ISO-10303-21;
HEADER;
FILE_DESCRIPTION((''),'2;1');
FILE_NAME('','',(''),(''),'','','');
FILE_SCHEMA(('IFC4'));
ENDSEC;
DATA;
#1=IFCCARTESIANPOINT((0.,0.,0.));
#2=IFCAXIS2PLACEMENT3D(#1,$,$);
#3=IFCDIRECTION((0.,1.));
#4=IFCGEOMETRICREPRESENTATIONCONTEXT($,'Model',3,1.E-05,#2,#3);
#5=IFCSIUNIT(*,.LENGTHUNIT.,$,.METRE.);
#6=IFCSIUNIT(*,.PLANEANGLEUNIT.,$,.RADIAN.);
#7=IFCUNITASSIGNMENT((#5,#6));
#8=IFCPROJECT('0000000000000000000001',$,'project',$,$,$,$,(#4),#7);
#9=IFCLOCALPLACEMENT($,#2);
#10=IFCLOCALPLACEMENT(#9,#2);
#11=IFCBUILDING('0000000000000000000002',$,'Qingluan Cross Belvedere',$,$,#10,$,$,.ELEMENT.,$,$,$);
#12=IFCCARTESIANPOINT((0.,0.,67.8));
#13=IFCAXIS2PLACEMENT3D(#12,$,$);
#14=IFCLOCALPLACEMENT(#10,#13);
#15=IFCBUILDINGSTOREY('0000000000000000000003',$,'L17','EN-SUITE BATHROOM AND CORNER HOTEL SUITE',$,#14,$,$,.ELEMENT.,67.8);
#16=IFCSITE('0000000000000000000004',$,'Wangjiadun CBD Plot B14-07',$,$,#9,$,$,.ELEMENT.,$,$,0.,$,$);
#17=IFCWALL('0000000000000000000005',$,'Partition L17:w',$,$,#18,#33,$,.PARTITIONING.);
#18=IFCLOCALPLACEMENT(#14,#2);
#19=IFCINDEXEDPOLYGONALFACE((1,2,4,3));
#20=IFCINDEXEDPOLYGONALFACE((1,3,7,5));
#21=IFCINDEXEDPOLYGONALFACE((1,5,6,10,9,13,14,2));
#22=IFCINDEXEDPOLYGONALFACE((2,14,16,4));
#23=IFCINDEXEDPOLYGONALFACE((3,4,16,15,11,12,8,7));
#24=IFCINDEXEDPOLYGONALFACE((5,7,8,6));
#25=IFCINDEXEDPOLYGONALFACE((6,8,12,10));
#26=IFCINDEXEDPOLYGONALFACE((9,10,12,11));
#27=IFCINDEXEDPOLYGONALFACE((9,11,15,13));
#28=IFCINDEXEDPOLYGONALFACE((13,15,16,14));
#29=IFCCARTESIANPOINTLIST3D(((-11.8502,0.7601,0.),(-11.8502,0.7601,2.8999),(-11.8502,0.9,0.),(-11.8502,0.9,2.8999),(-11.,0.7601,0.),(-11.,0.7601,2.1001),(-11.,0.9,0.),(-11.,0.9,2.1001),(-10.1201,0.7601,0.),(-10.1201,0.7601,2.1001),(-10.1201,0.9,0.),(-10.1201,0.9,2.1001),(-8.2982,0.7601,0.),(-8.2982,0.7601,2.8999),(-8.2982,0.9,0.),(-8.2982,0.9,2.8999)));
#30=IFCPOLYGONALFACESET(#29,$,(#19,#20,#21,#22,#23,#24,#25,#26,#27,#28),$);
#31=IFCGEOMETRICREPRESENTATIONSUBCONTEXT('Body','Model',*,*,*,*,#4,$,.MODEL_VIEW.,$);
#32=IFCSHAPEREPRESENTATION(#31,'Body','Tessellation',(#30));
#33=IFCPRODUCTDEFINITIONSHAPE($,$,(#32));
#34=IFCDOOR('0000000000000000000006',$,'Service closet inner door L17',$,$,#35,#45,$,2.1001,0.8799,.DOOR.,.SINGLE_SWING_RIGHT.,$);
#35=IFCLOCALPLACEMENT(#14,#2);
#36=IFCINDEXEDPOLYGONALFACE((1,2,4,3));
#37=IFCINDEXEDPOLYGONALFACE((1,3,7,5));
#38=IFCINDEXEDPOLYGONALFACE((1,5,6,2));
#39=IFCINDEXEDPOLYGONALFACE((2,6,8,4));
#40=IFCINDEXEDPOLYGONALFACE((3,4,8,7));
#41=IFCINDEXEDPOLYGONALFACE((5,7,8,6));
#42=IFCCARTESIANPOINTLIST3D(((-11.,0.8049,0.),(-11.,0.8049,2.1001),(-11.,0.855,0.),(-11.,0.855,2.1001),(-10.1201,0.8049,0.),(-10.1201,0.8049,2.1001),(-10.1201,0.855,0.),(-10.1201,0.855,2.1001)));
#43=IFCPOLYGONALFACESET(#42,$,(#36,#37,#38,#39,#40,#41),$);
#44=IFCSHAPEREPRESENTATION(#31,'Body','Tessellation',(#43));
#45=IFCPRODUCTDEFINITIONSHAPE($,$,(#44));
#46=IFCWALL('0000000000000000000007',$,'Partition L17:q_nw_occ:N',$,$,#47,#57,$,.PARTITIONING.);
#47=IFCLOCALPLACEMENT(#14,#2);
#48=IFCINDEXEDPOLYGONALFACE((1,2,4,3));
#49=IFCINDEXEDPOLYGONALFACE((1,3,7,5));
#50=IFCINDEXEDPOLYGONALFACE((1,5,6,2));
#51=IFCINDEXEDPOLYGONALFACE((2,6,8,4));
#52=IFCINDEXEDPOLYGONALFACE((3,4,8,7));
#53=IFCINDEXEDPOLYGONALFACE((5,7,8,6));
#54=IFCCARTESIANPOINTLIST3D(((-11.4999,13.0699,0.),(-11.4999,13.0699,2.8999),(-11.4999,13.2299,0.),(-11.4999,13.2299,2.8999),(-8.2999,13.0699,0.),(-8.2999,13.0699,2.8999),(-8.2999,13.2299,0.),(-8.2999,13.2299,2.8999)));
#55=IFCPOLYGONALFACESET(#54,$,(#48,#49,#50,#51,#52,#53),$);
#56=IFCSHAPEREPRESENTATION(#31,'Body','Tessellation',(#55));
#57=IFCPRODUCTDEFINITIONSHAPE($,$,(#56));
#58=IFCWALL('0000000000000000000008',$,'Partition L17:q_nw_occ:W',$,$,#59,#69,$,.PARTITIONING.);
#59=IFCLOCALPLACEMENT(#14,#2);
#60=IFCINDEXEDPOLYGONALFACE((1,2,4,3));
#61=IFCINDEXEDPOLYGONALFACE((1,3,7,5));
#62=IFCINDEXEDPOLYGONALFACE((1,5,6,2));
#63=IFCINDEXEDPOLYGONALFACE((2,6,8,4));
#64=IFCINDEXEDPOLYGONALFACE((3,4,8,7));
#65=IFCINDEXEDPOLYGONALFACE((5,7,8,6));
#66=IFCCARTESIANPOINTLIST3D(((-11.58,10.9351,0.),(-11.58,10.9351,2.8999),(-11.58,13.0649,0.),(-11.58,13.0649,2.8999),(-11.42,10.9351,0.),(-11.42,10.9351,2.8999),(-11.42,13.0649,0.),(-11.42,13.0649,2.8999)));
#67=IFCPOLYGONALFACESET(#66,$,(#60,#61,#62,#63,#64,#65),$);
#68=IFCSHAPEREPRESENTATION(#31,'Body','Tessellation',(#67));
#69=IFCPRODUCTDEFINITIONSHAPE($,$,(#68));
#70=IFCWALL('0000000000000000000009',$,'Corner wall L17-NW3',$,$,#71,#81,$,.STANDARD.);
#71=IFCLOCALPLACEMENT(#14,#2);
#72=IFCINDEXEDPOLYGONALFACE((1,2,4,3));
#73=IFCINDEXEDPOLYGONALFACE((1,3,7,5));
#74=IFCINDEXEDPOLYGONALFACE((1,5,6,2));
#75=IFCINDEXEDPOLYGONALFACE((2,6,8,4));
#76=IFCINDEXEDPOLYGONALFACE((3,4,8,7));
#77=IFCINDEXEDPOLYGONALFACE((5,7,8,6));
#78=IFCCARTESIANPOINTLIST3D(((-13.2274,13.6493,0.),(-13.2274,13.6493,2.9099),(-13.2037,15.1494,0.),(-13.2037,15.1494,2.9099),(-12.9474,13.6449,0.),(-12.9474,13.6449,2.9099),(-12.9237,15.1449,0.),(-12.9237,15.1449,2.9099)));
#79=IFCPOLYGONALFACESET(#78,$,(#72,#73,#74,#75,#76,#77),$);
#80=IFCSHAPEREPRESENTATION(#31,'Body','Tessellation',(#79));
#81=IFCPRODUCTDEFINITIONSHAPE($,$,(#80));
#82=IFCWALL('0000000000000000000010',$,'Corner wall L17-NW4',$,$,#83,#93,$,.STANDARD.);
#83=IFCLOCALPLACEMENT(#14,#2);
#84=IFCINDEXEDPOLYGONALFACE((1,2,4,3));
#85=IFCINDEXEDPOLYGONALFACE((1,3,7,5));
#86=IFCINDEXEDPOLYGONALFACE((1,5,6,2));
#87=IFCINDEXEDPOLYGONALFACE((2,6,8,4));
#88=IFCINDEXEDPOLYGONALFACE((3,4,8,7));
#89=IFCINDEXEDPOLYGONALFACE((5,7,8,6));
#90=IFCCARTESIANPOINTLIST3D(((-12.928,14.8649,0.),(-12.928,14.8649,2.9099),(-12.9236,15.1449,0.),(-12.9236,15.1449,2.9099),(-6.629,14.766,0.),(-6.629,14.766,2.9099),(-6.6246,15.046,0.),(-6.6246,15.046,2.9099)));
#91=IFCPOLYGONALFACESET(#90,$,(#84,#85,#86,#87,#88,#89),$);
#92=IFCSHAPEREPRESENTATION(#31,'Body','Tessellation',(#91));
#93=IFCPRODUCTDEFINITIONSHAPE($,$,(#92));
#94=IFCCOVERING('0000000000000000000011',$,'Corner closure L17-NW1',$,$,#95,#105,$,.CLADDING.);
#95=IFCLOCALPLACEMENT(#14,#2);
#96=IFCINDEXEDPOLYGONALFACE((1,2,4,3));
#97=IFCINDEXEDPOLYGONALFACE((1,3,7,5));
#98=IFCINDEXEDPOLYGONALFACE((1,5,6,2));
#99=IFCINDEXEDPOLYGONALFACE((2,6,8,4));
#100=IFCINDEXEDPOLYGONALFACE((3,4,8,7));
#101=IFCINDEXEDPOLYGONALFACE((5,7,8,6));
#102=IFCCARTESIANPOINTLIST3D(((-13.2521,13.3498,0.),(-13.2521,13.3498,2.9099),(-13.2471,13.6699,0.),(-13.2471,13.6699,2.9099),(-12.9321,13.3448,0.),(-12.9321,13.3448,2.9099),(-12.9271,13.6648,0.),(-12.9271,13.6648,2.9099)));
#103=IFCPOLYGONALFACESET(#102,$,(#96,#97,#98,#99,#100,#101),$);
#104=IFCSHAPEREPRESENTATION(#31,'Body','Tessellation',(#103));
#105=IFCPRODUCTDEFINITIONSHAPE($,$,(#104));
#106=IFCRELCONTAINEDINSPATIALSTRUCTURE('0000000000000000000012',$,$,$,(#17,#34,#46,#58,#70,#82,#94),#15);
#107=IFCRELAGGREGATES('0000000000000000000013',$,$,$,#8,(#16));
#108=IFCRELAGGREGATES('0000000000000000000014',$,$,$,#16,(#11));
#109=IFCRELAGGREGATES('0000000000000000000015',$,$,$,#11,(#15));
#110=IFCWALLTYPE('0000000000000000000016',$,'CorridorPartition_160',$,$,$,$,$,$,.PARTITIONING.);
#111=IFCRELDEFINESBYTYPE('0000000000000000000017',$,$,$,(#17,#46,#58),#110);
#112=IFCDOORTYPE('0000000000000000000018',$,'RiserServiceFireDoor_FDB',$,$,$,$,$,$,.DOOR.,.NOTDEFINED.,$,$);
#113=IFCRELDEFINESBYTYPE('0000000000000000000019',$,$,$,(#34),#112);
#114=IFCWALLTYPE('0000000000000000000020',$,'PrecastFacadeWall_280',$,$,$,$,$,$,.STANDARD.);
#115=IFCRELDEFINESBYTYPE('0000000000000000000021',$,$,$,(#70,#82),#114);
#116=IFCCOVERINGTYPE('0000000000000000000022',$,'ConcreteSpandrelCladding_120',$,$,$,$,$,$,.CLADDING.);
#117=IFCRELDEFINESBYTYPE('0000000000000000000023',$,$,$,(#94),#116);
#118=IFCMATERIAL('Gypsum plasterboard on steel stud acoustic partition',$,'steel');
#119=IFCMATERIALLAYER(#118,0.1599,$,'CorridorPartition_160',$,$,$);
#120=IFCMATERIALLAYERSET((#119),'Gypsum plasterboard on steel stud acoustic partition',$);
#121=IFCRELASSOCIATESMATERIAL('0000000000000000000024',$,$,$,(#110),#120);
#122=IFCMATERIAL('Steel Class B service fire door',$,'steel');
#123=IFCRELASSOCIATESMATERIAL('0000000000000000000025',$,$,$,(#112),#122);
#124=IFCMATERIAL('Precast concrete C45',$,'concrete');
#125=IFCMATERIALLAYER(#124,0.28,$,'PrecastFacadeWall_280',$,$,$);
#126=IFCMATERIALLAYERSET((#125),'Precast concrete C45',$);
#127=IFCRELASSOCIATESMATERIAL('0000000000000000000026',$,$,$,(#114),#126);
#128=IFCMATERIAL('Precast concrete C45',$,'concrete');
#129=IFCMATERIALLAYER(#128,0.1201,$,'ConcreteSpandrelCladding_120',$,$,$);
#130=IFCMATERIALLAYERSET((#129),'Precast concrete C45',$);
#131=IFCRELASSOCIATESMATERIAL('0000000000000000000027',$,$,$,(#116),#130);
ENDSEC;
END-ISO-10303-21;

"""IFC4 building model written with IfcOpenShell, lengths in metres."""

from ifc_helpers import new_model, si_unit, direction, frame, frame_2d, origin, origin_2d, place, context, subcontext, project, spatial, rectangle, extrude, material, layer, layer_set, type_object, element, fill, save


model = new_model("IFC4")

# Units and contexts
model_context = context("Model", 3, precision=1e-05, world=origin(), true_north=direction((0.0, 1.0)))
body_context = subcontext(model_context, "Body", "Model", "MODEL_VIEW")
ifc_project = project(units=[si_unit("LENGTHUNIT", "METRE"), si_unit("PLANEANGLEUNIT", "RADIAN")], contexts=[model_context])

# Site, building, storey
site_placement = place(None, origin())
site = spatial("IfcSite", under=ifc_project, at=site_placement, Name="Wangjiadun CBD Plot B14-07", CompositionType="ELEMENT", RefElevation=0.0)
building_placement = place(site_placement, origin())
building = spatial("IfcBuilding", under=site, at=building_placement, Name="Qingluan Cross Belvedere", CompositionType="ELEMENT")
storey_placement = place(building_placement, frame((0.0, 0.0, 67.8)))
storey = spatial("IfcBuildingStorey", under=building, at=storey_placement, Name="L17", Description="EN-SUITE BATHROOM AND CORNER HOTEL SUITE", CompositionType="ELEMENT", Elevation=67.8)

# Wall, opening, door
ifc_material_1 = material(Name="Gypsum plasterboard on steel stud acoustic partition", Category="steel")
ifc_layer_1 = layer(ifc_material_1, 0.1599, Name="CorridorPartition_160")
ifc_layer_set_1 = layer_set([ifc_layer_1], Name="Gypsum plasterboard on steel stud acoustic partition")
wall_type_1 = type_object("IfcWallType", Name="CorridorPartition_160", PredefinedType="PARTITIONING", material=ifc_layer_set_1)
wall_1_placement = place(storey_placement, frame((-11.8501, 0.8301, 0.0), z_axis=(0.0, 0.0, 1.0), x_axis=(1.0, 0.0, 0.0)))
wall_1 = element("IfcWall", 1, at=wall_1_placement, inside=storey, type_object=wall_type_1, Name="Partition L17:w", PredefinedType="PARTITIONING", context=body_context, shape_type="SweptSolid", body=[
    extrude(rectangle(XDim=3.552, YDim=0.1399, at=frame_2d((1.7759, 0.0))), origin(), (0.0, 0.0, 1.0), 2.8999),
])
opening_1_placement = place(wall_1_placement, frame((0.8501, 0.0, 0.0)))
opening_1 = element("IfcOpeningElement", 2, at=opening_1_placement, cuts=wall_1, PredefinedType="OPENING", context=body_context, shape_type="SweptSolid", body=[
    extrude(rectangle(XDim=0.8799, YDim=2.1001, at=frame_2d((0.4399, 1.05))), frame((0.0, 0.0798, 0.0), z_axis=(0.0, -1.0, 0.0), x_axis=(1.0, 0.0, 0.0)), (0.0, 0.0, 1.0), 0.1599),
])
ifc_material_2 = material(Name="Steel Class B service fire door", Category="steel")
door_type_1 = type_object("IfcDoorType", Name="RiserServiceFireDoor_FDB", OperationType="NOTDEFINED", PredefinedType="DOOR", material=ifc_material_2)
door_1_placement = place(opening_1_placement, origin())
door_1 = element("IfcDoor", 3, at=door_1_placement, inside=storey, type_object=door_type_1, Name="Service closet inner door L17", OperationType="SINGLE_SWING_RIGHT", OverallHeight=2.1001, OverallWidth=0.8799, PredefinedType="DOOR", context=body_context, shape_type="SweptSolid", body=[
    extrude(rectangle(XDim=0.8799, YDim=2.1001, at=frame_2d((0.4399, 1.05))), frame((0.0, 0.0249, 0.0), z_axis=(0.0, -1.0, 0.0), x_axis=(1.0, 0.0, 0.0)), (0.0, 0.0, 1.0), 0.05),
])
fill(opening_1, door_1)

# Walls
wall_2_placement = place(storey_placement, frame((-11.5, 13.1499, 0.0), z_axis=(0.0, 0.0, 1.0), x_axis=(1.0, 0.0, 0.0)))
element("IfcWall", 4, at=wall_2_placement, inside=storey, type_object=wall_type_1, Name="Partition L17:q_nw_occ:N", PredefinedType="PARTITIONING", context=body_context, shape_type="SweptSolid", body=[
    extrude(rectangle(XDim=3.2, YDim=0.1599, at=frame_2d((1.6001, 0.0))), origin(), (0.0, 0.0, 1.0), 2.8999),
])
wall_3_placement = place(storey_placement, frame((-11.5, 10.9351, 0.0), z_axis=(0.0, 0.0, 1.0), x_axis=(0.0, 1.0, 0.0)))
element("IfcWall", 5, at=wall_3_placement, inside=storey, type_object=wall_type_1, Name="Partition L17:q_nw_occ:W", PredefinedType="PARTITIONING", context=body_context, shape_type="SweptSolid", body=[
    extrude(rectangle(XDim=2.1299, YDim=0.1599, at=frame_2d((1.0649, 0.0))), origin(), (0.0, 0.0, 1.0), 2.8999),
])
ifc_material_3 = material(Name="Precast concrete C45", Category="concrete")
ifc_layer_2 = layer(ifc_material_3, 0.28, Name="PrecastFacadeWall_280")
ifc_layer_set_2 = layer_set([ifc_layer_2], Name="Precast concrete C45")
wall_type_2 = type_object("IfcWallType", Name="PrecastFacadeWall_280", PredefinedType="STANDARD", material=ifc_layer_set_2)
wall_4_placement = place(storey_placement, frame((-13.0874, 13.6472, 0.0), z_axis=(0.0, 0.0, 1.0), x_axis=(0.015786, 0.999875, 0.0)))
element("IfcWall", 6, at=wall_4_placement, inside=storey, type_object=wall_type_2, Name="Corner wall L17-NW3", PredefinedType="STANDARD", context=body_context, shape_type="SweptSolid", body=[
    extrude(rectangle(XDim=1.5002, YDim=0.28, at=frame_2d((0.75, 0.0))), origin(), (0.0, 0.0, 1.0), 2.9099),
])
wall_5_placement = place(storey_placement, frame((-12.9258, 15.0049, 0.0), z_axis=(0.0, 0.0, 1.0), x_axis=(0.999877, -0.015695, 0.0)))
element("IfcWall", 7, at=wall_5_placement, inside=storey, type_object=wall_type_2, Name="Corner wall L17-NW4", PredefinedType="STANDARD", context=body_context, shape_type="SweptSolid", body=[
    extrude(rectangle(XDim=6.2998, YDim=0.28, at=frame_2d((3.1499, 0.0))), origin(), (0.0, 0.0, 1.0), 2.9099),
])

# Covering
ifc_material_4 = material(Name="Precast concrete C45", Category="concrete")
ifc_layer_3 = layer(ifc_material_4, 0.1201, Name="ConcreteSpandrelCladding_120")
ifc_layer_set_3 = layer_set([ifc_layer_3], Name="Precast concrete C45")
covering_type = type_object("IfcCoveringType", Name="ConcreteSpandrelCladding_120", PredefinedType="CLADDING", material=ifc_layer_set_3)
covering_placement = place(storey_placement, frame((-13.0896, 13.5073, 0.0), z_axis=(0.0, 0.0, 1.0), x_axis=(0.999877, -0.015707, 0.0)))
element("IfcCovering", 8, at=covering_placement, inside=storey, type_object=covering_type, Name="Corner closure L17-NW1", PredefinedType="CLADDING", context=body_context, shape_type="SweptSolid", body=[
    extrude(rectangle(XDim=0.3201, YDim=0.3201, at=origin_2d()), origin(), (0.0, 0.0, 1.0), 2.9099),
])

save(model, "model.ifc")
